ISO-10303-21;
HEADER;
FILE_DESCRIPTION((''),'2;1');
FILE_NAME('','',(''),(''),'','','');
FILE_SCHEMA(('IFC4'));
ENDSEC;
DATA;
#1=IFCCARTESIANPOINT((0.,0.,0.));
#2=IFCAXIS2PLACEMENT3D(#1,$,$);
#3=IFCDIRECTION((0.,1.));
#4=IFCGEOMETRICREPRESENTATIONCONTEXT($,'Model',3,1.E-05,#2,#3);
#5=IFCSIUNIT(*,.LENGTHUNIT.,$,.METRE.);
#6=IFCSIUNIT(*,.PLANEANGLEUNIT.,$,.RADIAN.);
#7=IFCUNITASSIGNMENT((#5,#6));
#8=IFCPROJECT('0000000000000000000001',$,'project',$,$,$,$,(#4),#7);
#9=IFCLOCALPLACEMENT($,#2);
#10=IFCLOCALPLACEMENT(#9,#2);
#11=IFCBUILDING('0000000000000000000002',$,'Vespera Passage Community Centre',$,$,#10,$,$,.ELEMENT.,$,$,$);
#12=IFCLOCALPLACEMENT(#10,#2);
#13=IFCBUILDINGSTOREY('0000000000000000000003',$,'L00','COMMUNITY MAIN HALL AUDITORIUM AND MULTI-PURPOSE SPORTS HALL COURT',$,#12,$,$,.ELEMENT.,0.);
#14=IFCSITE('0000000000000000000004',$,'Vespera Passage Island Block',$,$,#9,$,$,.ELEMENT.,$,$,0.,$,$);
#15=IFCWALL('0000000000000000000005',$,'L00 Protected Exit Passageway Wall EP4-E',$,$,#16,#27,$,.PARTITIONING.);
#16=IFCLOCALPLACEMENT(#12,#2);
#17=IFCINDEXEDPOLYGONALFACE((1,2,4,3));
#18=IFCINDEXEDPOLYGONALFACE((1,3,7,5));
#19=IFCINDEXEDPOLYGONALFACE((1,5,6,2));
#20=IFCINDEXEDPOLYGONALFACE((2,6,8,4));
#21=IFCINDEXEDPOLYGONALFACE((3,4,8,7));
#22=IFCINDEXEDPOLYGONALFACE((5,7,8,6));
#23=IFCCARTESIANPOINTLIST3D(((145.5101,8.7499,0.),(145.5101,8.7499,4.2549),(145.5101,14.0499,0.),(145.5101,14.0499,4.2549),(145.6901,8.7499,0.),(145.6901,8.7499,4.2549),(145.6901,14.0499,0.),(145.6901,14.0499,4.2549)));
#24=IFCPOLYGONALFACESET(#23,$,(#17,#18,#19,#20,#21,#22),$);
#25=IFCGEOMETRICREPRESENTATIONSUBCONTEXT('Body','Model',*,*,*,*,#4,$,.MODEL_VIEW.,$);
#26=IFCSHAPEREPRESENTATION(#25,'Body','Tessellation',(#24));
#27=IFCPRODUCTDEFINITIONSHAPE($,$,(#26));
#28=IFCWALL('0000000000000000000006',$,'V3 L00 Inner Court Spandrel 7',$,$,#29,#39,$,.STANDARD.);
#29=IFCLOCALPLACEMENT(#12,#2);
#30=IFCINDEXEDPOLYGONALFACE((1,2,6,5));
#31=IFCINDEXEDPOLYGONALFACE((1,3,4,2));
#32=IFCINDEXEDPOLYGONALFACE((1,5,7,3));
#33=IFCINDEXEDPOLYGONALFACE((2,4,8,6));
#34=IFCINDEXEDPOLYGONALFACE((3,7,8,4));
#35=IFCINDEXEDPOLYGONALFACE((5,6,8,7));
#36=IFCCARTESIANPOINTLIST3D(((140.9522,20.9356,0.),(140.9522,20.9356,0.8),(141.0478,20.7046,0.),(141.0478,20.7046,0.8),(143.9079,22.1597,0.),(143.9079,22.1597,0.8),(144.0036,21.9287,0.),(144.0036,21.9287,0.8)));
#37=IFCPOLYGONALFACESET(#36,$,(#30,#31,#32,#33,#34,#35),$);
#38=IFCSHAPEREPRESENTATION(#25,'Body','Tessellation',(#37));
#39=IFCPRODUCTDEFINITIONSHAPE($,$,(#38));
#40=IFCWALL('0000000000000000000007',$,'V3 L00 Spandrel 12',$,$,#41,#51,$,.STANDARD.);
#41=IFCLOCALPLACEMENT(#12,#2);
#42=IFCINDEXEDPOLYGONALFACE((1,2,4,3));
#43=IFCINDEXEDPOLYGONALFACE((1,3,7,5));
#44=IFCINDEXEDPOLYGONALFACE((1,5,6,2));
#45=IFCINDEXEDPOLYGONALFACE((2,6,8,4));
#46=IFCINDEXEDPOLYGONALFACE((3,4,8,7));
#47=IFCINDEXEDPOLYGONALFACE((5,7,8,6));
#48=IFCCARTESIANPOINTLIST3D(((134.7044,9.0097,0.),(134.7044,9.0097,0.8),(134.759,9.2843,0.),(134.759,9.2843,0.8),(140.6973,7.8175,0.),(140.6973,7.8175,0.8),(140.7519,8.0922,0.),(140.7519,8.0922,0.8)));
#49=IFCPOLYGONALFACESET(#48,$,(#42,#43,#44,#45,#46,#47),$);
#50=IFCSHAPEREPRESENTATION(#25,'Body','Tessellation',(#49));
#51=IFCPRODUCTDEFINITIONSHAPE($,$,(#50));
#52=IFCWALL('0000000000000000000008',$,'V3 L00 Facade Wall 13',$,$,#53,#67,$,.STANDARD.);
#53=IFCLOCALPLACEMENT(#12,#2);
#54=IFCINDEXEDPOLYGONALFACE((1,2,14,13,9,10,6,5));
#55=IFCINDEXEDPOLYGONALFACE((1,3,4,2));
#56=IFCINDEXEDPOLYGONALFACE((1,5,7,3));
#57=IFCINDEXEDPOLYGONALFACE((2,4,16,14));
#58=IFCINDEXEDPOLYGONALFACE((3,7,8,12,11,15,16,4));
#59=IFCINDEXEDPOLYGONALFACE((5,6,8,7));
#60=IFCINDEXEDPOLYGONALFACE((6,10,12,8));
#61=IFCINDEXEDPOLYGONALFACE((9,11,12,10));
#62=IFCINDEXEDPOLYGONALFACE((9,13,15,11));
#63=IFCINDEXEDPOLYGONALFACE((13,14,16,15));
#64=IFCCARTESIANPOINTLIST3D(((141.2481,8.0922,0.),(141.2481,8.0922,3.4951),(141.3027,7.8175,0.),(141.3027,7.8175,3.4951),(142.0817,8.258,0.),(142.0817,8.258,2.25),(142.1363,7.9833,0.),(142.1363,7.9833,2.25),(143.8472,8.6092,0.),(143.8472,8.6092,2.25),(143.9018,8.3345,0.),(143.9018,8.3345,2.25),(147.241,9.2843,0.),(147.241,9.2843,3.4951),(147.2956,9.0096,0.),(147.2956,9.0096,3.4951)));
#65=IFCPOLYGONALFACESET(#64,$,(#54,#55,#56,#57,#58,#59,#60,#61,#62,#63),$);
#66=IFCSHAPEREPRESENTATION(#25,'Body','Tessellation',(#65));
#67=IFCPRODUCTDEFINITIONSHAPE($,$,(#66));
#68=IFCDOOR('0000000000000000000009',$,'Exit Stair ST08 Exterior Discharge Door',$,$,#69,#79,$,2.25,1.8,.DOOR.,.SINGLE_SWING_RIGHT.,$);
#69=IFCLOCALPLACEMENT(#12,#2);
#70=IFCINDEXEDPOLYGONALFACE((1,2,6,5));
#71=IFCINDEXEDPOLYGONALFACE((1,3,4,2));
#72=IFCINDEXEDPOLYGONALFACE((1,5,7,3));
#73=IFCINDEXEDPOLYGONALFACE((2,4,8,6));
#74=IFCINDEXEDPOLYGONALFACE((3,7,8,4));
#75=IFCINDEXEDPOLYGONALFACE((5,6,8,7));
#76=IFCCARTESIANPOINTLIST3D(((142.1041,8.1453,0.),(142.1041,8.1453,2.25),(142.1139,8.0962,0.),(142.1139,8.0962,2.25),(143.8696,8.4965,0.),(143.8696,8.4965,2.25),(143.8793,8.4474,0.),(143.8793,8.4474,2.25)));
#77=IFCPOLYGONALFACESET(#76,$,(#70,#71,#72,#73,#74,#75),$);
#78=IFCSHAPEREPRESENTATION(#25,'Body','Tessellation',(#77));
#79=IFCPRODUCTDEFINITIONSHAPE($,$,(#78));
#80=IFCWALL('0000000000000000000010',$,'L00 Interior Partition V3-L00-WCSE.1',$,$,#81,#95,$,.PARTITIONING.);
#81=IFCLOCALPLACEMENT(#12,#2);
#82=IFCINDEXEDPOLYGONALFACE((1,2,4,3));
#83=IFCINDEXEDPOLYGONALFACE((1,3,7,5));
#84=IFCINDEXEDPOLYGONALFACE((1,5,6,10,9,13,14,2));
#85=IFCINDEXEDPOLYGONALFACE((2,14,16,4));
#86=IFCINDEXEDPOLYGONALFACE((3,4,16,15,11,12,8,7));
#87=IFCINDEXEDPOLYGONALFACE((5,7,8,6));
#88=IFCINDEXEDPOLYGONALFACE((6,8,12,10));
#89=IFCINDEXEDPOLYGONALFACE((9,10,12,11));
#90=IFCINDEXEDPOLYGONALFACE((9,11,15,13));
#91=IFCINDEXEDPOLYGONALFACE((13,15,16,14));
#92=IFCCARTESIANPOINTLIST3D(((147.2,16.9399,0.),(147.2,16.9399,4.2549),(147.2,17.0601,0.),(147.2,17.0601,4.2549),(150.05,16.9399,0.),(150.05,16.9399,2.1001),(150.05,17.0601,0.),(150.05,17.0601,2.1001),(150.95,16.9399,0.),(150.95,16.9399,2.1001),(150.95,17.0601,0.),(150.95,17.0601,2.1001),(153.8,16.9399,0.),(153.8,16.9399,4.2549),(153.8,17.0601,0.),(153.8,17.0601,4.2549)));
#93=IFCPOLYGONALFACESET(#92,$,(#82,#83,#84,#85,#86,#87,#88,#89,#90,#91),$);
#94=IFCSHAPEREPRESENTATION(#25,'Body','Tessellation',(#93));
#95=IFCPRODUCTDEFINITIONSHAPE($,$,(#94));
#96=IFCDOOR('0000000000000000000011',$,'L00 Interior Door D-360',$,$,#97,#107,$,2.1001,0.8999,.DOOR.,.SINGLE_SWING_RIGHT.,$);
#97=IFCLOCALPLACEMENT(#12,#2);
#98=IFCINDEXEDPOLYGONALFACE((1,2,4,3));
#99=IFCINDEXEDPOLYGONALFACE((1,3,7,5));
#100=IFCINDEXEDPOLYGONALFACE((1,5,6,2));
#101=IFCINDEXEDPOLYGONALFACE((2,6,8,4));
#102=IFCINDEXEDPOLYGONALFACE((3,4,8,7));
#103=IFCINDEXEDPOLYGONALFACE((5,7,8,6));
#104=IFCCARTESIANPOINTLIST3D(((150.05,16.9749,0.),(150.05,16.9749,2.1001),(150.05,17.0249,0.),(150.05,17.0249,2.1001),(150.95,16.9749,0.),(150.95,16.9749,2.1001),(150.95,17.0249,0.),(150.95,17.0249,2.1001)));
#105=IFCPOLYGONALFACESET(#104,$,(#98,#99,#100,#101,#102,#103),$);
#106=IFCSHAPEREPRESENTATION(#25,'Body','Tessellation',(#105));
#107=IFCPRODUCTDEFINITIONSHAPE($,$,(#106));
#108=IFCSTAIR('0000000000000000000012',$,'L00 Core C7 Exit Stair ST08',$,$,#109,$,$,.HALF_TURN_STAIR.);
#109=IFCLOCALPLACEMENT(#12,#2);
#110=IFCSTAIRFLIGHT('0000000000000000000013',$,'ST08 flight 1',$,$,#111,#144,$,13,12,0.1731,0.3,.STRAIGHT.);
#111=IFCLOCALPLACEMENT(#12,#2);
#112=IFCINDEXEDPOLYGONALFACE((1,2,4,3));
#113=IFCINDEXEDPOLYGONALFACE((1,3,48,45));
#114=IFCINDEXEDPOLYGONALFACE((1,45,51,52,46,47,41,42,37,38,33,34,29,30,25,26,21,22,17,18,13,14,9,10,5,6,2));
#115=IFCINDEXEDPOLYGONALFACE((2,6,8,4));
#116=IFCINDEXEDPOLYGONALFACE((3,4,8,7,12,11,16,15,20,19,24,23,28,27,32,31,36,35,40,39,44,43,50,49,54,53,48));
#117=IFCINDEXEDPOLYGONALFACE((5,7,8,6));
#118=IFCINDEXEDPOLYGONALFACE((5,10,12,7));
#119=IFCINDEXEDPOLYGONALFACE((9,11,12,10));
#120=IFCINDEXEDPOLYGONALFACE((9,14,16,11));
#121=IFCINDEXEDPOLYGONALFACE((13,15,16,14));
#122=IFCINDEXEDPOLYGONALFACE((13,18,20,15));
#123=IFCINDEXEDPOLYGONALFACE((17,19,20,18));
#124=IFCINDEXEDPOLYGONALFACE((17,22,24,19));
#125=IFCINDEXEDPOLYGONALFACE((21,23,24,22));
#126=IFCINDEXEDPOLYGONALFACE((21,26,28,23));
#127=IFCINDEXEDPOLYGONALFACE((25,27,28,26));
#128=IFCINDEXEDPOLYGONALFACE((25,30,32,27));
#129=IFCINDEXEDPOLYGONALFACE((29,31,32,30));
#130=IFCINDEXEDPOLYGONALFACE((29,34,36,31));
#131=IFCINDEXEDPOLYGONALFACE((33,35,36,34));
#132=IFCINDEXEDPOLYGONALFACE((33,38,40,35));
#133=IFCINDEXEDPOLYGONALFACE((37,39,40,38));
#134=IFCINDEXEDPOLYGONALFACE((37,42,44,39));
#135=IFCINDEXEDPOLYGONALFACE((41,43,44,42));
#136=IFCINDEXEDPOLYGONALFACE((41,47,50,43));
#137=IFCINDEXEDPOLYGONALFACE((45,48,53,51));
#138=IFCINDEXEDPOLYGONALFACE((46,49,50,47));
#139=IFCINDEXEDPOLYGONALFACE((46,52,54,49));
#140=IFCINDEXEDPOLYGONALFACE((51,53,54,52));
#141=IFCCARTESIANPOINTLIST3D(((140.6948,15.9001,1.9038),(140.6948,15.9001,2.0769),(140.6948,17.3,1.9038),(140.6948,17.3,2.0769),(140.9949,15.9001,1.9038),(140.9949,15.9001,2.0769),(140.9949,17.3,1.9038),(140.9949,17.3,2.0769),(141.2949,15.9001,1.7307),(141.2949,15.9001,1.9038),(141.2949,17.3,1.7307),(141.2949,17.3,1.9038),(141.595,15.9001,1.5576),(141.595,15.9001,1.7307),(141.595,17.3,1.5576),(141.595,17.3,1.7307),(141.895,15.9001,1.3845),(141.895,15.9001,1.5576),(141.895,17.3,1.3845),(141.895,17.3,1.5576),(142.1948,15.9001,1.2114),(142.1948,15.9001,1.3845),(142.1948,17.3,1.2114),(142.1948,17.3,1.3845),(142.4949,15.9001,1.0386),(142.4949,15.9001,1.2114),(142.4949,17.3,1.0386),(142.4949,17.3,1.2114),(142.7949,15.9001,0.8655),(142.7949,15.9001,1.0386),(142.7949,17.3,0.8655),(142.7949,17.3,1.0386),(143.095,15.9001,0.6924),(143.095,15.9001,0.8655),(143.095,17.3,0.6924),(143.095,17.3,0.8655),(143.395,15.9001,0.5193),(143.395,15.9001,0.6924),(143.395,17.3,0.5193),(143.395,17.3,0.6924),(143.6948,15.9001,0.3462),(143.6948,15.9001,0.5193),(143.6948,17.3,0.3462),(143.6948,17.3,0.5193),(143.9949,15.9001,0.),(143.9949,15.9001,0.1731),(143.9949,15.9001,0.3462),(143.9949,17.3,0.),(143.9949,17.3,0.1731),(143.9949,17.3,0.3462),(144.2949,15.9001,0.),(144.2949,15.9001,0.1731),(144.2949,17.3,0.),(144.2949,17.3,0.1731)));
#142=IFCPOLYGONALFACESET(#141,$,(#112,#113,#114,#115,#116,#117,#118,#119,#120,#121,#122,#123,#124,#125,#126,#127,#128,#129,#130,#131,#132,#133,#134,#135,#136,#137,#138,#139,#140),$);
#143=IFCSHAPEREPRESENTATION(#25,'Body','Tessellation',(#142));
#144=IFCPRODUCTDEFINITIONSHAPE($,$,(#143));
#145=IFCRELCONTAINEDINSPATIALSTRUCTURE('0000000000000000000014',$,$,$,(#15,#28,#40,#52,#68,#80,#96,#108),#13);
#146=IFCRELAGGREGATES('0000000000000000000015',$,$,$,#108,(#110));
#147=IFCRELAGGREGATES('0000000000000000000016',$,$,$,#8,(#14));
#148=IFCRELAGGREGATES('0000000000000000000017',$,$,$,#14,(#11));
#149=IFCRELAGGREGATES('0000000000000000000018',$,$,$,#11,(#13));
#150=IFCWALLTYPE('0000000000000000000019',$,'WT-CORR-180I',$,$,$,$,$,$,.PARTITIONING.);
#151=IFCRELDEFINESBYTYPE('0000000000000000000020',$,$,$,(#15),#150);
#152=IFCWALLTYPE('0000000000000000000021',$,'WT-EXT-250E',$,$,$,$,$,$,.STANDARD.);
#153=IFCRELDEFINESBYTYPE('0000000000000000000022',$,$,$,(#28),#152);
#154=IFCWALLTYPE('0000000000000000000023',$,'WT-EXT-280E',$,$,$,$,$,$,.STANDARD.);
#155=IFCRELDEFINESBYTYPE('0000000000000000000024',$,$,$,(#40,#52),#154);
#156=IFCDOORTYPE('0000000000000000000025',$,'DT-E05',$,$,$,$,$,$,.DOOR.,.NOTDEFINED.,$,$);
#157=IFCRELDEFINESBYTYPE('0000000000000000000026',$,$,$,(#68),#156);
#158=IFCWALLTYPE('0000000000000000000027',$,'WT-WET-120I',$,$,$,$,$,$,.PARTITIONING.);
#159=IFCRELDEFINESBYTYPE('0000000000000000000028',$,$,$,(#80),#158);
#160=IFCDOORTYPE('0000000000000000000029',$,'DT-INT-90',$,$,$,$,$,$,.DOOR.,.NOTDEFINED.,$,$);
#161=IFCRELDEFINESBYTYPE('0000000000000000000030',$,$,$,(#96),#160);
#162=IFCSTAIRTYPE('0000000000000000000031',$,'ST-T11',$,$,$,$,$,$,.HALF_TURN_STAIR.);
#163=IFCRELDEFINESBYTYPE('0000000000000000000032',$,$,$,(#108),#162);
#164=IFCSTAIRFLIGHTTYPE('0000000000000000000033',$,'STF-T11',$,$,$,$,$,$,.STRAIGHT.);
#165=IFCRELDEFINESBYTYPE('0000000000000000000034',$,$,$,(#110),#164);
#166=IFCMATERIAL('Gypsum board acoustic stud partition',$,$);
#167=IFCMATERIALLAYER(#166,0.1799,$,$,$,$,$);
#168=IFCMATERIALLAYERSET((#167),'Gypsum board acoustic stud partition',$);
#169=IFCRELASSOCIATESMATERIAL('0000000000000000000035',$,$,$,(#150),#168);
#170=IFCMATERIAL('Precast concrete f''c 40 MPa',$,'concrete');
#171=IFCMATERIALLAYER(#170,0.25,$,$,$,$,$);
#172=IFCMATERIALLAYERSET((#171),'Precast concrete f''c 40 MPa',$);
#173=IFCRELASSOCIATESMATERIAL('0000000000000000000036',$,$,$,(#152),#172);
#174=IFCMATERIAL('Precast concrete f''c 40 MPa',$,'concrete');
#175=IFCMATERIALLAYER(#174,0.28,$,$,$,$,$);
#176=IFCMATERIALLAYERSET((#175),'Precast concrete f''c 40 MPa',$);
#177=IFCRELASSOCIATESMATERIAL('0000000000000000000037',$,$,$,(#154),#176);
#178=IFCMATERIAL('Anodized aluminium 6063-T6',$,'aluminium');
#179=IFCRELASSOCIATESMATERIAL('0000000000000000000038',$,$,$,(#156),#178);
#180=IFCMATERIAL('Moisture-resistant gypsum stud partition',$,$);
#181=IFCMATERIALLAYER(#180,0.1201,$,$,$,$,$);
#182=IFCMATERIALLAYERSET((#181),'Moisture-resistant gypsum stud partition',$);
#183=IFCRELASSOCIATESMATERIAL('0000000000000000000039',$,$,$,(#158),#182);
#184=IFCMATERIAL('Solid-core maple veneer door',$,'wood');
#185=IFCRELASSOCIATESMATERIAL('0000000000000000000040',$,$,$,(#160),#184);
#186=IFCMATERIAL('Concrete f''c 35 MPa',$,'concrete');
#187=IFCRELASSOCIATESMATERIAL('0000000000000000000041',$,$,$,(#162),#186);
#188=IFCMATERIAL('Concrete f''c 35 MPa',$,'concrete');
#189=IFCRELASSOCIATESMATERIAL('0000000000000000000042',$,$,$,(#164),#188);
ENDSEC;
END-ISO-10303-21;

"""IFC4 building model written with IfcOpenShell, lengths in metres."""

from ifc_helpers import new_model, si_unit, direction, frame, frame_2d, origin, place, context, subcontext, project, spatial, polyline, rectangle, outline, extrude, material, layer, layer_set, type_object, element, fill, aggregate, save


model = new_model("IFC4")

# Units and contexts
model_context = context("Model", 3, precision=1e-05, world=origin(), true_north=direction((0.0, 1.0)))
body_context = subcontext(model_context, "Body", "Model", "MODEL_VIEW")
ifc_project = project(units=[si_unit("LENGTHUNIT", "METRE"), si_unit("PLANEANGLEUNIT", "RADIAN")], contexts=[model_context])

# Site, building, storey
site_placement = place(None, origin())
site = spatial("IfcSite", under=ifc_project, at=site_placement, Name="Vespera Passage Island Block", CompositionType="ELEMENT", RefElevation=0.0)
building_placement = place(site_placement, origin())
building = spatial("IfcBuilding", under=site, at=building_placement, Name="Vespera Passage Community Centre", CompositionType="ELEMENT")
storey_placement = place(building_placement, origin())
storey = spatial("IfcBuildingStorey", under=building, at=storey_placement, Name="L00", Description="COMMUNITY MAIN HALL AUDITORIUM AND MULTI-PURPOSE SPORTS HALL COURT", CompositionType="ELEMENT", Elevation=0.0)

# Shared definitions
ifc_material_1 = material(Name="Gypsum board acoustic stud partition")
ifc_layer_1 = layer(ifc_material_1, 0.1799)
ifc_layer_set_1 = layer_set([ifc_layer_1], Name="Gypsum board acoustic stud partition")
wall_type_1 = type_object("IfcWallType", Name="WT-CORR-180I", PredefinedType="PARTITIONING", material=ifc_layer_set_1)

# Walls
wall_1_placement = place(storey_placement, frame((145.6001, 8.75, 0.0), z_axis=(0.0, 0.0, 1.0), x_axis=(0.0, 1.0, 0.0)))
element("IfcWall", 1, at=wall_1_placement, inside=storey, type_object=wall_type_1, Name="L00 Protected Exit Passageway Wall EP4-E", PredefinedType="PARTITIONING", context=body_context, shape_type="SweptSolid", body=[
    extrude(rectangle(XDim=5.3, YDim=0.1799, at=frame_2d((2.6499, 0.0))), origin(), (0.0, 0.0, 1.0), 4.2549),
])
ifc_material_2 = material(Name="Precast concrete f'c 40 MPa", Category="concrete")
ifc_layer_2 = layer(ifc_material_2, 0.25)
ifc_layer_set_2 = layer_set([ifc_layer_2], Name="Precast concrete f'c 40 MPa")
wall_type_2 = type_object("IfcWallType", Name="WT-EXT-250E", PredefinedType="STANDARD", material=ifc_layer_set_2)
wall_2_placement = place(storey_placement, frame((141.0, 20.8201, 0.0), z_axis=(0.0, 0.0, 1.0), x_axis=(0.923903, 0.382626, 0.0)))
element("IfcWall", 2, at=wall_2_placement, inside=storey, type_object=wall_type_2, Name="V3 L00 Inner Court Spandrel 7", PredefinedType="STANDARD", context=body_context, shape_type="SweptSolid", body=[
    extrude(rectangle(XDim=3.1992, YDim=0.25, at=frame_2d((1.5996, 0.0))), origin(), (0.0, 0.0, 1.0), 0.8),
])
ifc_material_3 = material(Name="Precast concrete f'c 40 MPa", Category="concrete")
ifc_layer_3 = layer(ifc_material_3, 0.28)
ifc_layer_set_3 = layer_set([ifc_layer_3], Name="Precast concrete f'c 40 MPa")
wall_type_3 = type_object("IfcWallType", Name="WT-EXT-280E", PredefinedType="STANDARD", material=ifc_layer_set_3)
wall_3_placement = place(storey_placement, frame((140.7246, 7.9548, 0.0), z_axis=(0.0, 0.0, 1.0), x_axis=(-0.980783, 0.195102, 0.0)))
element("IfcWall", 3, at=wall_3_placement, inside=storey, type_object=wall_type_3, Name="V3 L00 Spandrel 12", PredefinedType="STANDARD", context=body_context, shape_type="SweptSolid", body=[
    extrude(rectangle(XDim=6.1104, YDim=0.28, at=frame_2d((3.0552, 0.0))), origin(), (0.0, 0.0, 1.0), 0.8),
])

# Walls, openings, doors
wall_4_placement = place(storey_placement, frame((147.2683, 9.147, 0.0), z_axis=(0.0, 0.0, 1.0), x_axis=(-0.980783, -0.195102, 0.0)))
wall_4 = element("IfcWall", 4, at=wall_4_placement, inside=storey, type_object=wall_type_3, Name="V3 L00 Facade Wall 13", PredefinedType="STANDARD", context=body_context, shape_type="SweptSolid", body=[
    extrude(rectangle(XDim=6.1104, YDim=0.28, at=frame_2d((3.0552, 0.0))), origin(), (0.0, 0.0, 1.0), 3.4951),
])
opening_1_placement = place(wall_4_placement, frame((3.4604, 0.0, 0.0)))
opening_1 = element("IfcOpeningElement", 5, at=opening_1_placement, cuts=wall_4, PredefinedType="OPENING", context=body_context, shape_type="SweptSolid", body=[
    extrude(rectangle(XDim=1.8, YDim=2.25, at=frame_2d((0.8999, 1.125))), frame((0.0, 0.1501, 0.0), z_axis=(0.0, -1.0, 0.0), x_axis=(1.0, 0.0, 0.0)), (0.0, 0.0, 1.0), 0.3),
])
ifc_material_4 = material(Name="Anodized aluminium 6063-T6", Category="aluminium")
door_type_1 = type_object("IfcDoorType", Name="DT-E05", OperationType="NOTDEFINED", PredefinedType="DOOR", material=ifc_material_4)
door_1_placement = place(opening_1_placement, origin())
door_1 = element("IfcDoor", 6, at=door_1_placement, inside=storey, type_object=door_type_1, Name="Exit Stair ST08 Exterior Discharge Door", OperationType="SINGLE_SWING_RIGHT", OverallHeight=2.25, OverallWidth=1.8, PredefinedType="DOOR", context=body_context, shape_type="SweptSolid", body=[
    extrude(rectangle(XDim=1.8, YDim=2.25, at=frame_2d((0.8999, 1.125))), frame((0.0, 0.0249, 0.0), z_axis=(0.0, -1.0, 0.0), x_axis=(1.0, 0.0, 0.0)), (0.0, 0.0, 1.0), 0.05),
])
fill(opening_1, door_1)
ifc_material_5 = material(Name="Moisture-resistant gypsum stud partition")
ifc_layer_4 = layer(ifc_material_5, 0.1201)
ifc_layer_set_4 = layer_set([ifc_layer_4], Name="Moisture-resistant gypsum stud partition")
wall_type_4 = type_object("IfcWallType", Name="WT-WET-120I", PredefinedType="PARTITIONING", material=ifc_layer_set_4)
wall_5_placement = place(storey_placement, frame((147.2, 17.0, 0.0), z_axis=(0.0, 0.0, 1.0), x_axis=(1.0, 0.0, 0.0)))
wall_5 = element("IfcWall", 7, at=wall_5_placement, inside=storey, type_object=wall_type_4, Name="L00 Interior Partition V3-L00-WCSE.1", PredefinedType="PARTITIONING", context=body_context, shape_type="SweptSolid", body=[
    extrude(rectangle(XDim=6.6001, YDim=0.1201, at=frame_2d((3.3, 0.0))), origin(), (0.0, 0.0, 1.0), 4.2549),
])
opening_2_placement = place(wall_5_placement, frame((2.8501, 0.0, 0.0)))
opening_2 = element("IfcOpeningElement", 8, at=opening_2_placement, cuts=wall_5, PredefinedType="OPENING", context=body_context, shape_type="SweptSolid", body=[
    extrude(rectangle(XDim=0.8999, YDim=2.1001, at=frame_2d((0.45, 1.05))), frame((0.0, 0.0701, 0.0), z_axis=(0.0, -1.0, 0.0), x_axis=(1.0, 0.0, 0.0)), (0.0, 0.0, 1.0), 0.1401),
])
ifc_material_6 = material(Name="Solid-core maple veneer door", Category="wood")
door_type_2 = type_object("IfcDoorType", Name="DT-INT-90", OperationType="NOTDEFINED", PredefinedType="DOOR", material=ifc_material_6)
door_2_placement = place(opening_2_placement, origin())
door_2 = element("IfcDoor", 9, at=door_2_placement, inside=storey, type_object=door_type_2, Name="L00 Interior Door D-360", OperationType="SINGLE_SWING_RIGHT", OverallHeight=2.1001, OverallWidth=0.8999, PredefinedType="DOOR", context=body_context, shape_type="SweptSolid", body=[
    extrude(rectangle(XDim=0.8999, YDim=2.1001, at=frame_2d((0.45, 1.05))), frame((0.0, 0.0249, 0.0), z_axis=(0.0, -1.0, 0.0), x_axis=(1.0, 0.0, 0.0)), (0.0, 0.0, 1.0), 0.05),
])
fill(opening_2, door_2)

# Stair, stair flight
ifc_material_7 = material(Name="Concrete f'c 35 MPa", Category="concrete")
stair_type = type_object("IfcStairType", Name="ST-T11", PredefinedType="HALF_TURN_STAIR", material=ifc_material_7)
stair_placement = place(storey_placement, origin())
stair = element("IfcStair", 10, at=stair_placement, inside=storey, type_object=stair_type, Name="L00 Core C7 Exit Stair ST08", PredefinedType="HALF_TURN_STAIR")
ifc_material_8 = material(Name="Concrete f'c 35 MPa", Category="concrete")
stair_flight_type = type_object("IfcStairFlightType", Name="STF-T11", PredefinedType="STRAIGHT", material=ifc_material_8)
stair_flight_1_placement = place(storey_placement, frame((144.2949, 16.6001, 0.0), z_axis=(0.0, 0.0, 1.0), x_axis=(-1.0, 0.0, 0.0)))
stair_flight_1 = element("IfcStairFlight", 11, at=stair_flight_1_placement, type_object=stair_flight_type, Name="ST08 flight 1", NumberOfRisers=13, NumberOfTreads=12, PredefinedType="STRAIGHT", RiserHeight=0.1731, TreadLength=0.3, context=body_context, shape_type="SweptSolid", body=[
    extrude(outline(polyline([(0.0, 0.0), (0.0, 0.1731), (0.3, 0.1731), (0.3, 0.3462), (0.6001, 0.3462), (0.6001, 0.5193), (0.8999, 0.5193), (0.8999, 0.6924), (1.2, 0.6924), (1.2, 0.8655), (1.5, 0.8655), (1.5, 1.0386), (1.8, 1.0386), (1.8, 1.2114), (2.1001, 1.2114), (2.1001, 1.3845), (2.3999, 1.3845), (2.3999, 1.5576), (2.7, 1.5576), (2.7, 1.7307), (3.0, 1.7307), (3.0, 1.9038), (3.3, 1.9038), (3.3, 2.0769), (3.6001, 2.0769), (3.6001, 2.25), (3.6001, 1.9038), (0.3, 0.0), (0.0, 0.0)])), frame((0.0, 0.7, 0.0), z_axis=(0.0, -1.0, 0.0), x_axis=(1.0, 0.0, 0.0)), (0.0, 0.0, 1.0), 1.3999),
])
aggregate(stair, [stair_flight_1])

save(model, "model.ifc")
